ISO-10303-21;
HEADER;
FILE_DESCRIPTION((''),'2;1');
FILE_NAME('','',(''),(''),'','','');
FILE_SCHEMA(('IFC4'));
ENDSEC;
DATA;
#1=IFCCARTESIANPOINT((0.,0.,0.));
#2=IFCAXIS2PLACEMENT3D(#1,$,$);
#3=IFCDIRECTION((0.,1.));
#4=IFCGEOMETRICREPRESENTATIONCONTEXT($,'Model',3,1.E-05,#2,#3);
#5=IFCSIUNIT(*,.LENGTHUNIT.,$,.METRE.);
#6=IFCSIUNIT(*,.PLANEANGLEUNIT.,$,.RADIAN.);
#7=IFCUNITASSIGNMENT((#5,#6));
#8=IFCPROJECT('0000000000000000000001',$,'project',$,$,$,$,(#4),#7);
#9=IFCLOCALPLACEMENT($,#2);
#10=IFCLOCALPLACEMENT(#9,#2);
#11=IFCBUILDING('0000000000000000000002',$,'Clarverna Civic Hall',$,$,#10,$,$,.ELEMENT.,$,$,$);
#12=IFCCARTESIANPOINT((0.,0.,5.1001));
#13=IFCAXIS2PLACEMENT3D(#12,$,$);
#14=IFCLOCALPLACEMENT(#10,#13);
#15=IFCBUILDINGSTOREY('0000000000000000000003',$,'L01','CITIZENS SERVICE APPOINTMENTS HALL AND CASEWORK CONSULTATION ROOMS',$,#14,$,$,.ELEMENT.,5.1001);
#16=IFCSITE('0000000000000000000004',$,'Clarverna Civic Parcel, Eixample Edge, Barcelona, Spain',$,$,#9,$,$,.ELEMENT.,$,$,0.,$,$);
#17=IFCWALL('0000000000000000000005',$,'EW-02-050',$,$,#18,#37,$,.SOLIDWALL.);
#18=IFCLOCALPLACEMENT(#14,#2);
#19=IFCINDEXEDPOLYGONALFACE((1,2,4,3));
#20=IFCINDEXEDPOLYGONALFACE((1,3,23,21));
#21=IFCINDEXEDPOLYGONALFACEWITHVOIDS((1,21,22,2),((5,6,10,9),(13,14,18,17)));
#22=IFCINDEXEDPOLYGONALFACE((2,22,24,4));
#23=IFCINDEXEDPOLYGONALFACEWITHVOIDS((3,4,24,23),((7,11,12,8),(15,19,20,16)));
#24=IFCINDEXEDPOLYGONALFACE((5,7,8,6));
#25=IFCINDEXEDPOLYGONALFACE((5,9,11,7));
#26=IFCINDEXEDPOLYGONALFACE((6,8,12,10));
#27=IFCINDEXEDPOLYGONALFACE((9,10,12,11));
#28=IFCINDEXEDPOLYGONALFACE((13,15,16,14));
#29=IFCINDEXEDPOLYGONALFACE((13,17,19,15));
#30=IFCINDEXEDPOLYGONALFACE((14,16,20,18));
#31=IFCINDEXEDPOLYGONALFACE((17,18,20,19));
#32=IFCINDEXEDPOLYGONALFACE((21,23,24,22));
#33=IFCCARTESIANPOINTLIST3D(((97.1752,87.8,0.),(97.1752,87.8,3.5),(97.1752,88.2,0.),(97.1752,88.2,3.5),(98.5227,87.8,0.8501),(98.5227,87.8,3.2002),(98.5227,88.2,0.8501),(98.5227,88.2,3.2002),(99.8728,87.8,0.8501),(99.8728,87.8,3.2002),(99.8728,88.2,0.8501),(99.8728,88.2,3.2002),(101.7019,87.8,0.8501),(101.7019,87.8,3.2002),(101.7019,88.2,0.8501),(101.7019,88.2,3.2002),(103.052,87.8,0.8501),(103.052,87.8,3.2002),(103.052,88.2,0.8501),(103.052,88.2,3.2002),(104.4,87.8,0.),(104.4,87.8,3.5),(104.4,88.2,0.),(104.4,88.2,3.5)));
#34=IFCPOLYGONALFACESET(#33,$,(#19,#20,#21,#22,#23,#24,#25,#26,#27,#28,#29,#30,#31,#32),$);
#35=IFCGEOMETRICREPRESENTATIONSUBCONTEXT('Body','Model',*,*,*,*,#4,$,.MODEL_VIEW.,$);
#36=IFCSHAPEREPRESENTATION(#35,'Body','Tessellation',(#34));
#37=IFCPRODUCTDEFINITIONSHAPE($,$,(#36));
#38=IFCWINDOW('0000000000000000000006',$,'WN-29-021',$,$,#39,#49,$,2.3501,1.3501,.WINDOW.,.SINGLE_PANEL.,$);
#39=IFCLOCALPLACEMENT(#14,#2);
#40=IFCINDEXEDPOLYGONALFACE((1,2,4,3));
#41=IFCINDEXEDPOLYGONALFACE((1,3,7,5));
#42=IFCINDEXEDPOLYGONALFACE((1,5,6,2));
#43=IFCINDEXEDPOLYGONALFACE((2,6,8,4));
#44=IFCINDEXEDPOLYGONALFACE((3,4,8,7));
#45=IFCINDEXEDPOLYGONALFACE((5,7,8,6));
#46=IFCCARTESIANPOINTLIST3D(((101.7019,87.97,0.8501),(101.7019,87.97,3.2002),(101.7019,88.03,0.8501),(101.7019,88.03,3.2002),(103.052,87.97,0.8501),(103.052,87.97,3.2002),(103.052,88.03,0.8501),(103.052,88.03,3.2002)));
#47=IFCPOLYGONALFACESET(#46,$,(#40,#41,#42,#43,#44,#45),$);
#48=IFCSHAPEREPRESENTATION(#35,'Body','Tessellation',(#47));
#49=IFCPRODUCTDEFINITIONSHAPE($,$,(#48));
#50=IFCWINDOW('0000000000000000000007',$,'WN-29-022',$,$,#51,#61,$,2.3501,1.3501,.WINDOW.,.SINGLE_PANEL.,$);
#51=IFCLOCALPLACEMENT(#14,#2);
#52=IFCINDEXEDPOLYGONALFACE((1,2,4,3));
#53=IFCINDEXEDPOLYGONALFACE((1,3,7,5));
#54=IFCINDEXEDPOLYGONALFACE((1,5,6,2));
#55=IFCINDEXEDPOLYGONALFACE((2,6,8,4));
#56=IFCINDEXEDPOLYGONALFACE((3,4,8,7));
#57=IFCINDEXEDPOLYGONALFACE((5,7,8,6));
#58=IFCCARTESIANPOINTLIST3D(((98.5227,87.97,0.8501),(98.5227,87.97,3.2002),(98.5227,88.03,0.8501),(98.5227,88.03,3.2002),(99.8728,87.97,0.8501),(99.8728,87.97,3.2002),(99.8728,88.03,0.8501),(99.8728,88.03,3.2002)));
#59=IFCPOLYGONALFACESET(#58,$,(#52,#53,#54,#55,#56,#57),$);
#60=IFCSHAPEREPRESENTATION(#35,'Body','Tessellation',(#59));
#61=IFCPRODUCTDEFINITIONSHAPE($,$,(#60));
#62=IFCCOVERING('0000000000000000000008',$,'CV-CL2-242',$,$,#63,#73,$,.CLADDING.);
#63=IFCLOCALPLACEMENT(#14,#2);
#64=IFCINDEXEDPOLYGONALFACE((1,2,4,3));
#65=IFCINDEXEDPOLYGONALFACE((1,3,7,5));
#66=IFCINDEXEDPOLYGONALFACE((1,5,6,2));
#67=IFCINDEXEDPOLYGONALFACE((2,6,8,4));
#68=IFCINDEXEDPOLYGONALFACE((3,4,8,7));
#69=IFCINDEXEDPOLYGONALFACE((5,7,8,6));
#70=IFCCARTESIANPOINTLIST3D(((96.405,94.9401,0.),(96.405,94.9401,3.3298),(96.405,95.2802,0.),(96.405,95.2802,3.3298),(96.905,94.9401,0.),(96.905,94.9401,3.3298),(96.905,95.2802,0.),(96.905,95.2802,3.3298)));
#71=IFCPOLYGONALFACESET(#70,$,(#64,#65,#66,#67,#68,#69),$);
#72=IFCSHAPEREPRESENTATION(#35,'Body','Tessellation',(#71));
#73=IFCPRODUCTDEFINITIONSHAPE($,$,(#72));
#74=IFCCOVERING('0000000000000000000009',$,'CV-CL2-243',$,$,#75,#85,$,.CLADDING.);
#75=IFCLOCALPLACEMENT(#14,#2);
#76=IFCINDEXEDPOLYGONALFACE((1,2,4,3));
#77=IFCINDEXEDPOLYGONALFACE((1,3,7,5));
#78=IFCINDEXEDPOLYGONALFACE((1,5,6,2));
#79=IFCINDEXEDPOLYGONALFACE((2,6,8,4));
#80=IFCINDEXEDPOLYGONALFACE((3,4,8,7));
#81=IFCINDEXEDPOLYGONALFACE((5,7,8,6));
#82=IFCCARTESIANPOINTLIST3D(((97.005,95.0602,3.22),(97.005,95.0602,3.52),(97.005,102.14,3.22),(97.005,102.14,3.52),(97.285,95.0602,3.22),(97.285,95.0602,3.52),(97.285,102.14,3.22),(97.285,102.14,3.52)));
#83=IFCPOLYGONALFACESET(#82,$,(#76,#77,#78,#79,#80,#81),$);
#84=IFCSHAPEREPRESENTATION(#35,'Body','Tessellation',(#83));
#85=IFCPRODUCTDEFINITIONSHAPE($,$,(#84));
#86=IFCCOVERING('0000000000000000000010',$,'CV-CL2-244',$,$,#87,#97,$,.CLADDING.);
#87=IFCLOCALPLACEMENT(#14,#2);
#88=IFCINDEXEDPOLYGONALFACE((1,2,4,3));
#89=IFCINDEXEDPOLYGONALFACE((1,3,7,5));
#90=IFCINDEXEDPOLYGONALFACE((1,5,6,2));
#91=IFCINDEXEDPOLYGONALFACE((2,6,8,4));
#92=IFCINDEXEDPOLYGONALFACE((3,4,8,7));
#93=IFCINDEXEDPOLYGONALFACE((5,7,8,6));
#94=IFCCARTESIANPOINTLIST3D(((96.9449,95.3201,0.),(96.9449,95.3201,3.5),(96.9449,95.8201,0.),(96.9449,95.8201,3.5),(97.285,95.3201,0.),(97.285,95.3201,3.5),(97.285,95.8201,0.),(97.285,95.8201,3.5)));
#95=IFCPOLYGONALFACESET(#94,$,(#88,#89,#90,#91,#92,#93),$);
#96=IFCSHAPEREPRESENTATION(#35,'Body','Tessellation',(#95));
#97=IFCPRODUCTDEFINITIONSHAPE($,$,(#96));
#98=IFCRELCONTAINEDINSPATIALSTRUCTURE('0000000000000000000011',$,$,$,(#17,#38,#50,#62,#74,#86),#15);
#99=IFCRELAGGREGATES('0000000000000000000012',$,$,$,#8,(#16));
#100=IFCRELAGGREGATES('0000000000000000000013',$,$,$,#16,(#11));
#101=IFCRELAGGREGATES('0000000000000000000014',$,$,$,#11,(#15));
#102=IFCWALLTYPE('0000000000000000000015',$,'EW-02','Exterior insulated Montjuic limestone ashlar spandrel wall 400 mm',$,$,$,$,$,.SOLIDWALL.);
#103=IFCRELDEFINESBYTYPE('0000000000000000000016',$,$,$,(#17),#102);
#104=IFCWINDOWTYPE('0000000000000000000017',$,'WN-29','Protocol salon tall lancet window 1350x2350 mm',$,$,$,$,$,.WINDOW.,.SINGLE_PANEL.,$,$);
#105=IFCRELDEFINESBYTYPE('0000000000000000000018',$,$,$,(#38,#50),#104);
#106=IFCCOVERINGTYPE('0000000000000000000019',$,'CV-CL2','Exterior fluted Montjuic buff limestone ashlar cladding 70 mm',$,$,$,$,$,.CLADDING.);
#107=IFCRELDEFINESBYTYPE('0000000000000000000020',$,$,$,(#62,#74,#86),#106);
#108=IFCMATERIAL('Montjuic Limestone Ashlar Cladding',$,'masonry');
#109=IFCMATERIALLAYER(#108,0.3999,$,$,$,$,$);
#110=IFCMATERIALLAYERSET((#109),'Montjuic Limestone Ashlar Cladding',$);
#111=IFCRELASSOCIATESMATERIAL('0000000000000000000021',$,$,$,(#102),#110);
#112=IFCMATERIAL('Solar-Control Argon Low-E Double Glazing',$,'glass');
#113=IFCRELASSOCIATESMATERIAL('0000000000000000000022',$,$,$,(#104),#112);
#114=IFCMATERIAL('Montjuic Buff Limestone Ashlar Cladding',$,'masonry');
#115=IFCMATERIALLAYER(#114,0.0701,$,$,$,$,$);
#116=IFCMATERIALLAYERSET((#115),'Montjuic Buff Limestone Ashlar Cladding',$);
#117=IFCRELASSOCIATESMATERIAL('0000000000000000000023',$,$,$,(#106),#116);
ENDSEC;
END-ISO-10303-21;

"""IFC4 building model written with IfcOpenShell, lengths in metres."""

from ifc_helpers import new_model, si_unit, direction, frame, frame_2d, origin, place, context, subcontext, project, spatial, rectangle, extrude, material, layer, layer_set, type_object, element, fill, save


model = new_model("IFC4")

# Units and contexts
model_context = context("Model", 3, precision=1e-05, world=origin(), true_north=direction((0.0, 1.0)))
body_context = subcontext(model_context, "Body", "Model", "MODEL_VIEW")
ifc_project = project(units=[si_unit("LENGTHUNIT", "METRE"), si_unit("PLANEANGLEUNIT", "RADIAN")], contexts=[model_context])

# Site, building, storey
site_placement = place(None, origin())
site = spatial("IfcSite", under=ifc_project, at=site_placement, Name="Clarverna Civic Parcel, Eixample Edge, Barcelona, Spain", CompositionType="ELEMENT", RefElevation=0.0)
building_placement = place(site_placement, origin())
building = spatial("IfcBuilding", under=site, at=building_placement, Name="Clarverna Civic Hall", CompositionType="ELEMENT")
storey_placement = place(building_placement, frame((0.0, 0.0, 5.1001)))
storey = spatial("IfcBuildingStorey", under=building, at=storey_placement, Name="L01", Description="CITIZENS SERVICE APPOINTMENTS HALL AND CASEWORK CONSULTATION ROOMS", CompositionType="ELEMENT", Elevation=5.1001)

# Wall, openings, windows
ifc_material_1 = material(Name="Montjuic Limestone Ashlar Cladding", Category="masonry")
ifc_layer_1 = layer(ifc_material_1, 0.3999)
ifc_layer_set_1 = layer_set([ifc_layer_1], Name="Montjuic Limestone Ashlar Cladding")
wall_type = type_object("IfcWallType", Name="EW-02", Description="Exterior insulated Montjuic limestone ashlar spandrel wall 400 mm", PredefinedType="SOLIDWALL", material=ifc_layer_set_1)
ifc_material_2 = material(Name="Solar-Control Argon Low-E Double Glazing", Category="glass")
window_type = type_object("IfcWindowType", Name="WN-29", Description="Protocol salon tall lancet window 1350x2350 mm", PartitioningType="SINGLE_PANEL", PredefinedType="WINDOW", material=ifc_material_2)
wall_1_placement = place(storey_placement, frame((104.3999, 88.0, 0.0), z_axis=(0.0, 0.0, 1.0), x_axis=(-1.0, 0.0, 0.0)))
wall_1 = element("IfcWall", 1, at=wall_1_placement, inside=storey, type_object=wall_type, Name="EW-02-050", PredefinedType="SOLIDWALL", context=body_context, shape_type="SweptSolid", body=[
    extrude(rectangle(XDim=7.2249, YDim=0.3999, at=frame_2d((3.6123, 0.0))), origin(), (0.0, 0.0, 1.0), 3.5),
])
opening_1_placement = place(wall_1_placement, frame((1.3479, 0.0, 0.8501)))
opening_1 = element("IfcOpeningElement", 2, at=opening_1_placement, cuts=wall_1, PredefinedType="OPENING", context=body_context, shape_type="SweptSolid", body=[
    extrude(rectangle(XDim=1.3501, YDim=2.3501, at=frame_2d((0.675, 1.175))), frame((0.0, 0.21, 0.0), z_axis=(0.0, -1.0, 0.0), x_axis=(1.0, 0.0, 0.0)), (0.0, 0.0, 1.0), 0.4199),
])
opening_2_placement = place(wall_1_placement, frame((4.5271, 0.0, 0.8501)))
opening_2 = element("IfcOpeningElement", 3, at=opening_2_placement, cuts=wall_1, PredefinedType="OPENING", context=body_context, shape_type="SweptSolid", body=[
    extrude(rectangle(XDim=1.3501, YDim=2.3501, at=frame_2d((0.675, 1.175))), frame((0.0, 0.21, 0.0), z_axis=(0.0, -1.0, 0.0), x_axis=(1.0, 0.0, 0.0)), (0.0, 0.0, 1.0), 0.4199),
])
window_1_placement = place(opening_1_placement, origin())
window_1 = element("IfcWindow", 4, at=window_1_placement, inside=storey, type_object=window_type, Name="WN-29-021", OverallHeight=2.3501, OverallWidth=1.3501, PartitioningType="SINGLE_PANEL", PredefinedType="WINDOW", context=body_context, shape_type="SweptSolid", body=[
    extrude(rectangle(XDim=1.3501, YDim=2.3501, at=frame_2d((0.675, 1.175))), frame((0.0, 0.03, 0.0), z_axis=(0.0, -1.0, 0.0), x_axis=(1.0, 0.0, 0.0)), (0.0, 0.0, 1.0), 0.0601),
])
fill(opening_1, window_1)
window_2_placement = place(opening_2_placement, origin())
window_2 = element("IfcWindow", 5, at=window_2_placement, inside=storey, type_object=window_type, Name="WN-29-022", OverallHeight=2.3501, OverallWidth=1.3501, PartitioningType="SINGLE_PANEL", PredefinedType="WINDOW", context=body_context, shape_type="SweptSolid", body=[
    extrude(rectangle(XDim=1.3501, YDim=2.3501, at=frame_2d((0.675, 1.175))), frame((0.0, 0.03, 0.0), z_axis=(0.0, -1.0, 0.0), x_axis=(1.0, 0.0, 0.0)), (0.0, 0.0, 1.0), 0.0601),
])
fill(opening_2, window_2)

# Coverings
ifc_material_3 = material(Name="Montjuic Buff Limestone Ashlar Cladding", Category="masonry")
ifc_layer_2 = layer(ifc_material_3, 0.0701)
ifc_layer_set_2 = layer_set([ifc_layer_2], Name="Montjuic Buff Limestone Ashlar Cladding")
covering_type = type_object("IfcCoveringType", Name="CV-CL2", Description="Exterior fluted Montjuic buff limestone ashlar cladding 70 mm", PredefinedType="CLADDING", material=ifc_layer_set_2)
covering_1_placement = place(storey_placement, frame((96.405, 95.1101, 0.0), z_axis=(0.0, 0.0, 1.0), x_axis=(1.0, 0.0, 0.0)))
element("IfcCovering", 6, at=covering_1_placement, inside=storey, type_object=covering_type, Name="CV-CL2-242", PredefinedType="CLADDING", context=body_context, shape_type="SweptSolid", body=[
    extrude(rectangle(XDim=0.5, YDim=0.3401, at=frame_2d((0.25, 0.0))), origin(), (0.0, 0.0, 1.0), 3.3298),
])
covering_2_placement = place(storey_placement, frame((97.145, 95.0601, 3.22), z_axis=(0.0, 0.0, 1.0), x_axis=(0.0, 1.0, 0.0)))
element("IfcCovering", 7, at=covering_2_placement, inside=storey, type_object=covering_type, Name="CV-CL2-243", PredefinedType="CLADDING", context=body_context, shape_type="SweptSolid", body=[
    extrude(rectangle(XDim=7.0798, YDim=0.28, at=frame_2d((3.54, 0.0))), origin(), (0.0, 0.0, 1.0), 0.3),
])
covering_3_placement = place(storey_placement, frame((97.115, 95.3201, 0.0), z_axis=(0.0, 0.0, 1.0), x_axis=(0.0, 1.0, 0.0)))
element("IfcCovering", 8, at=covering_3_placement, inside=storey, type_object=covering_type, Name="CV-CL2-244", PredefinedType="CLADDING", context=body_context, shape_type="SweptSolid", body=[
    extrude(rectangle(XDim=0.5, YDim=0.3401, at=frame_2d((0.25, 0.0))), origin(), (0.0, 0.0, 1.0), 3.5),
])

save(model, "model.ifc")
